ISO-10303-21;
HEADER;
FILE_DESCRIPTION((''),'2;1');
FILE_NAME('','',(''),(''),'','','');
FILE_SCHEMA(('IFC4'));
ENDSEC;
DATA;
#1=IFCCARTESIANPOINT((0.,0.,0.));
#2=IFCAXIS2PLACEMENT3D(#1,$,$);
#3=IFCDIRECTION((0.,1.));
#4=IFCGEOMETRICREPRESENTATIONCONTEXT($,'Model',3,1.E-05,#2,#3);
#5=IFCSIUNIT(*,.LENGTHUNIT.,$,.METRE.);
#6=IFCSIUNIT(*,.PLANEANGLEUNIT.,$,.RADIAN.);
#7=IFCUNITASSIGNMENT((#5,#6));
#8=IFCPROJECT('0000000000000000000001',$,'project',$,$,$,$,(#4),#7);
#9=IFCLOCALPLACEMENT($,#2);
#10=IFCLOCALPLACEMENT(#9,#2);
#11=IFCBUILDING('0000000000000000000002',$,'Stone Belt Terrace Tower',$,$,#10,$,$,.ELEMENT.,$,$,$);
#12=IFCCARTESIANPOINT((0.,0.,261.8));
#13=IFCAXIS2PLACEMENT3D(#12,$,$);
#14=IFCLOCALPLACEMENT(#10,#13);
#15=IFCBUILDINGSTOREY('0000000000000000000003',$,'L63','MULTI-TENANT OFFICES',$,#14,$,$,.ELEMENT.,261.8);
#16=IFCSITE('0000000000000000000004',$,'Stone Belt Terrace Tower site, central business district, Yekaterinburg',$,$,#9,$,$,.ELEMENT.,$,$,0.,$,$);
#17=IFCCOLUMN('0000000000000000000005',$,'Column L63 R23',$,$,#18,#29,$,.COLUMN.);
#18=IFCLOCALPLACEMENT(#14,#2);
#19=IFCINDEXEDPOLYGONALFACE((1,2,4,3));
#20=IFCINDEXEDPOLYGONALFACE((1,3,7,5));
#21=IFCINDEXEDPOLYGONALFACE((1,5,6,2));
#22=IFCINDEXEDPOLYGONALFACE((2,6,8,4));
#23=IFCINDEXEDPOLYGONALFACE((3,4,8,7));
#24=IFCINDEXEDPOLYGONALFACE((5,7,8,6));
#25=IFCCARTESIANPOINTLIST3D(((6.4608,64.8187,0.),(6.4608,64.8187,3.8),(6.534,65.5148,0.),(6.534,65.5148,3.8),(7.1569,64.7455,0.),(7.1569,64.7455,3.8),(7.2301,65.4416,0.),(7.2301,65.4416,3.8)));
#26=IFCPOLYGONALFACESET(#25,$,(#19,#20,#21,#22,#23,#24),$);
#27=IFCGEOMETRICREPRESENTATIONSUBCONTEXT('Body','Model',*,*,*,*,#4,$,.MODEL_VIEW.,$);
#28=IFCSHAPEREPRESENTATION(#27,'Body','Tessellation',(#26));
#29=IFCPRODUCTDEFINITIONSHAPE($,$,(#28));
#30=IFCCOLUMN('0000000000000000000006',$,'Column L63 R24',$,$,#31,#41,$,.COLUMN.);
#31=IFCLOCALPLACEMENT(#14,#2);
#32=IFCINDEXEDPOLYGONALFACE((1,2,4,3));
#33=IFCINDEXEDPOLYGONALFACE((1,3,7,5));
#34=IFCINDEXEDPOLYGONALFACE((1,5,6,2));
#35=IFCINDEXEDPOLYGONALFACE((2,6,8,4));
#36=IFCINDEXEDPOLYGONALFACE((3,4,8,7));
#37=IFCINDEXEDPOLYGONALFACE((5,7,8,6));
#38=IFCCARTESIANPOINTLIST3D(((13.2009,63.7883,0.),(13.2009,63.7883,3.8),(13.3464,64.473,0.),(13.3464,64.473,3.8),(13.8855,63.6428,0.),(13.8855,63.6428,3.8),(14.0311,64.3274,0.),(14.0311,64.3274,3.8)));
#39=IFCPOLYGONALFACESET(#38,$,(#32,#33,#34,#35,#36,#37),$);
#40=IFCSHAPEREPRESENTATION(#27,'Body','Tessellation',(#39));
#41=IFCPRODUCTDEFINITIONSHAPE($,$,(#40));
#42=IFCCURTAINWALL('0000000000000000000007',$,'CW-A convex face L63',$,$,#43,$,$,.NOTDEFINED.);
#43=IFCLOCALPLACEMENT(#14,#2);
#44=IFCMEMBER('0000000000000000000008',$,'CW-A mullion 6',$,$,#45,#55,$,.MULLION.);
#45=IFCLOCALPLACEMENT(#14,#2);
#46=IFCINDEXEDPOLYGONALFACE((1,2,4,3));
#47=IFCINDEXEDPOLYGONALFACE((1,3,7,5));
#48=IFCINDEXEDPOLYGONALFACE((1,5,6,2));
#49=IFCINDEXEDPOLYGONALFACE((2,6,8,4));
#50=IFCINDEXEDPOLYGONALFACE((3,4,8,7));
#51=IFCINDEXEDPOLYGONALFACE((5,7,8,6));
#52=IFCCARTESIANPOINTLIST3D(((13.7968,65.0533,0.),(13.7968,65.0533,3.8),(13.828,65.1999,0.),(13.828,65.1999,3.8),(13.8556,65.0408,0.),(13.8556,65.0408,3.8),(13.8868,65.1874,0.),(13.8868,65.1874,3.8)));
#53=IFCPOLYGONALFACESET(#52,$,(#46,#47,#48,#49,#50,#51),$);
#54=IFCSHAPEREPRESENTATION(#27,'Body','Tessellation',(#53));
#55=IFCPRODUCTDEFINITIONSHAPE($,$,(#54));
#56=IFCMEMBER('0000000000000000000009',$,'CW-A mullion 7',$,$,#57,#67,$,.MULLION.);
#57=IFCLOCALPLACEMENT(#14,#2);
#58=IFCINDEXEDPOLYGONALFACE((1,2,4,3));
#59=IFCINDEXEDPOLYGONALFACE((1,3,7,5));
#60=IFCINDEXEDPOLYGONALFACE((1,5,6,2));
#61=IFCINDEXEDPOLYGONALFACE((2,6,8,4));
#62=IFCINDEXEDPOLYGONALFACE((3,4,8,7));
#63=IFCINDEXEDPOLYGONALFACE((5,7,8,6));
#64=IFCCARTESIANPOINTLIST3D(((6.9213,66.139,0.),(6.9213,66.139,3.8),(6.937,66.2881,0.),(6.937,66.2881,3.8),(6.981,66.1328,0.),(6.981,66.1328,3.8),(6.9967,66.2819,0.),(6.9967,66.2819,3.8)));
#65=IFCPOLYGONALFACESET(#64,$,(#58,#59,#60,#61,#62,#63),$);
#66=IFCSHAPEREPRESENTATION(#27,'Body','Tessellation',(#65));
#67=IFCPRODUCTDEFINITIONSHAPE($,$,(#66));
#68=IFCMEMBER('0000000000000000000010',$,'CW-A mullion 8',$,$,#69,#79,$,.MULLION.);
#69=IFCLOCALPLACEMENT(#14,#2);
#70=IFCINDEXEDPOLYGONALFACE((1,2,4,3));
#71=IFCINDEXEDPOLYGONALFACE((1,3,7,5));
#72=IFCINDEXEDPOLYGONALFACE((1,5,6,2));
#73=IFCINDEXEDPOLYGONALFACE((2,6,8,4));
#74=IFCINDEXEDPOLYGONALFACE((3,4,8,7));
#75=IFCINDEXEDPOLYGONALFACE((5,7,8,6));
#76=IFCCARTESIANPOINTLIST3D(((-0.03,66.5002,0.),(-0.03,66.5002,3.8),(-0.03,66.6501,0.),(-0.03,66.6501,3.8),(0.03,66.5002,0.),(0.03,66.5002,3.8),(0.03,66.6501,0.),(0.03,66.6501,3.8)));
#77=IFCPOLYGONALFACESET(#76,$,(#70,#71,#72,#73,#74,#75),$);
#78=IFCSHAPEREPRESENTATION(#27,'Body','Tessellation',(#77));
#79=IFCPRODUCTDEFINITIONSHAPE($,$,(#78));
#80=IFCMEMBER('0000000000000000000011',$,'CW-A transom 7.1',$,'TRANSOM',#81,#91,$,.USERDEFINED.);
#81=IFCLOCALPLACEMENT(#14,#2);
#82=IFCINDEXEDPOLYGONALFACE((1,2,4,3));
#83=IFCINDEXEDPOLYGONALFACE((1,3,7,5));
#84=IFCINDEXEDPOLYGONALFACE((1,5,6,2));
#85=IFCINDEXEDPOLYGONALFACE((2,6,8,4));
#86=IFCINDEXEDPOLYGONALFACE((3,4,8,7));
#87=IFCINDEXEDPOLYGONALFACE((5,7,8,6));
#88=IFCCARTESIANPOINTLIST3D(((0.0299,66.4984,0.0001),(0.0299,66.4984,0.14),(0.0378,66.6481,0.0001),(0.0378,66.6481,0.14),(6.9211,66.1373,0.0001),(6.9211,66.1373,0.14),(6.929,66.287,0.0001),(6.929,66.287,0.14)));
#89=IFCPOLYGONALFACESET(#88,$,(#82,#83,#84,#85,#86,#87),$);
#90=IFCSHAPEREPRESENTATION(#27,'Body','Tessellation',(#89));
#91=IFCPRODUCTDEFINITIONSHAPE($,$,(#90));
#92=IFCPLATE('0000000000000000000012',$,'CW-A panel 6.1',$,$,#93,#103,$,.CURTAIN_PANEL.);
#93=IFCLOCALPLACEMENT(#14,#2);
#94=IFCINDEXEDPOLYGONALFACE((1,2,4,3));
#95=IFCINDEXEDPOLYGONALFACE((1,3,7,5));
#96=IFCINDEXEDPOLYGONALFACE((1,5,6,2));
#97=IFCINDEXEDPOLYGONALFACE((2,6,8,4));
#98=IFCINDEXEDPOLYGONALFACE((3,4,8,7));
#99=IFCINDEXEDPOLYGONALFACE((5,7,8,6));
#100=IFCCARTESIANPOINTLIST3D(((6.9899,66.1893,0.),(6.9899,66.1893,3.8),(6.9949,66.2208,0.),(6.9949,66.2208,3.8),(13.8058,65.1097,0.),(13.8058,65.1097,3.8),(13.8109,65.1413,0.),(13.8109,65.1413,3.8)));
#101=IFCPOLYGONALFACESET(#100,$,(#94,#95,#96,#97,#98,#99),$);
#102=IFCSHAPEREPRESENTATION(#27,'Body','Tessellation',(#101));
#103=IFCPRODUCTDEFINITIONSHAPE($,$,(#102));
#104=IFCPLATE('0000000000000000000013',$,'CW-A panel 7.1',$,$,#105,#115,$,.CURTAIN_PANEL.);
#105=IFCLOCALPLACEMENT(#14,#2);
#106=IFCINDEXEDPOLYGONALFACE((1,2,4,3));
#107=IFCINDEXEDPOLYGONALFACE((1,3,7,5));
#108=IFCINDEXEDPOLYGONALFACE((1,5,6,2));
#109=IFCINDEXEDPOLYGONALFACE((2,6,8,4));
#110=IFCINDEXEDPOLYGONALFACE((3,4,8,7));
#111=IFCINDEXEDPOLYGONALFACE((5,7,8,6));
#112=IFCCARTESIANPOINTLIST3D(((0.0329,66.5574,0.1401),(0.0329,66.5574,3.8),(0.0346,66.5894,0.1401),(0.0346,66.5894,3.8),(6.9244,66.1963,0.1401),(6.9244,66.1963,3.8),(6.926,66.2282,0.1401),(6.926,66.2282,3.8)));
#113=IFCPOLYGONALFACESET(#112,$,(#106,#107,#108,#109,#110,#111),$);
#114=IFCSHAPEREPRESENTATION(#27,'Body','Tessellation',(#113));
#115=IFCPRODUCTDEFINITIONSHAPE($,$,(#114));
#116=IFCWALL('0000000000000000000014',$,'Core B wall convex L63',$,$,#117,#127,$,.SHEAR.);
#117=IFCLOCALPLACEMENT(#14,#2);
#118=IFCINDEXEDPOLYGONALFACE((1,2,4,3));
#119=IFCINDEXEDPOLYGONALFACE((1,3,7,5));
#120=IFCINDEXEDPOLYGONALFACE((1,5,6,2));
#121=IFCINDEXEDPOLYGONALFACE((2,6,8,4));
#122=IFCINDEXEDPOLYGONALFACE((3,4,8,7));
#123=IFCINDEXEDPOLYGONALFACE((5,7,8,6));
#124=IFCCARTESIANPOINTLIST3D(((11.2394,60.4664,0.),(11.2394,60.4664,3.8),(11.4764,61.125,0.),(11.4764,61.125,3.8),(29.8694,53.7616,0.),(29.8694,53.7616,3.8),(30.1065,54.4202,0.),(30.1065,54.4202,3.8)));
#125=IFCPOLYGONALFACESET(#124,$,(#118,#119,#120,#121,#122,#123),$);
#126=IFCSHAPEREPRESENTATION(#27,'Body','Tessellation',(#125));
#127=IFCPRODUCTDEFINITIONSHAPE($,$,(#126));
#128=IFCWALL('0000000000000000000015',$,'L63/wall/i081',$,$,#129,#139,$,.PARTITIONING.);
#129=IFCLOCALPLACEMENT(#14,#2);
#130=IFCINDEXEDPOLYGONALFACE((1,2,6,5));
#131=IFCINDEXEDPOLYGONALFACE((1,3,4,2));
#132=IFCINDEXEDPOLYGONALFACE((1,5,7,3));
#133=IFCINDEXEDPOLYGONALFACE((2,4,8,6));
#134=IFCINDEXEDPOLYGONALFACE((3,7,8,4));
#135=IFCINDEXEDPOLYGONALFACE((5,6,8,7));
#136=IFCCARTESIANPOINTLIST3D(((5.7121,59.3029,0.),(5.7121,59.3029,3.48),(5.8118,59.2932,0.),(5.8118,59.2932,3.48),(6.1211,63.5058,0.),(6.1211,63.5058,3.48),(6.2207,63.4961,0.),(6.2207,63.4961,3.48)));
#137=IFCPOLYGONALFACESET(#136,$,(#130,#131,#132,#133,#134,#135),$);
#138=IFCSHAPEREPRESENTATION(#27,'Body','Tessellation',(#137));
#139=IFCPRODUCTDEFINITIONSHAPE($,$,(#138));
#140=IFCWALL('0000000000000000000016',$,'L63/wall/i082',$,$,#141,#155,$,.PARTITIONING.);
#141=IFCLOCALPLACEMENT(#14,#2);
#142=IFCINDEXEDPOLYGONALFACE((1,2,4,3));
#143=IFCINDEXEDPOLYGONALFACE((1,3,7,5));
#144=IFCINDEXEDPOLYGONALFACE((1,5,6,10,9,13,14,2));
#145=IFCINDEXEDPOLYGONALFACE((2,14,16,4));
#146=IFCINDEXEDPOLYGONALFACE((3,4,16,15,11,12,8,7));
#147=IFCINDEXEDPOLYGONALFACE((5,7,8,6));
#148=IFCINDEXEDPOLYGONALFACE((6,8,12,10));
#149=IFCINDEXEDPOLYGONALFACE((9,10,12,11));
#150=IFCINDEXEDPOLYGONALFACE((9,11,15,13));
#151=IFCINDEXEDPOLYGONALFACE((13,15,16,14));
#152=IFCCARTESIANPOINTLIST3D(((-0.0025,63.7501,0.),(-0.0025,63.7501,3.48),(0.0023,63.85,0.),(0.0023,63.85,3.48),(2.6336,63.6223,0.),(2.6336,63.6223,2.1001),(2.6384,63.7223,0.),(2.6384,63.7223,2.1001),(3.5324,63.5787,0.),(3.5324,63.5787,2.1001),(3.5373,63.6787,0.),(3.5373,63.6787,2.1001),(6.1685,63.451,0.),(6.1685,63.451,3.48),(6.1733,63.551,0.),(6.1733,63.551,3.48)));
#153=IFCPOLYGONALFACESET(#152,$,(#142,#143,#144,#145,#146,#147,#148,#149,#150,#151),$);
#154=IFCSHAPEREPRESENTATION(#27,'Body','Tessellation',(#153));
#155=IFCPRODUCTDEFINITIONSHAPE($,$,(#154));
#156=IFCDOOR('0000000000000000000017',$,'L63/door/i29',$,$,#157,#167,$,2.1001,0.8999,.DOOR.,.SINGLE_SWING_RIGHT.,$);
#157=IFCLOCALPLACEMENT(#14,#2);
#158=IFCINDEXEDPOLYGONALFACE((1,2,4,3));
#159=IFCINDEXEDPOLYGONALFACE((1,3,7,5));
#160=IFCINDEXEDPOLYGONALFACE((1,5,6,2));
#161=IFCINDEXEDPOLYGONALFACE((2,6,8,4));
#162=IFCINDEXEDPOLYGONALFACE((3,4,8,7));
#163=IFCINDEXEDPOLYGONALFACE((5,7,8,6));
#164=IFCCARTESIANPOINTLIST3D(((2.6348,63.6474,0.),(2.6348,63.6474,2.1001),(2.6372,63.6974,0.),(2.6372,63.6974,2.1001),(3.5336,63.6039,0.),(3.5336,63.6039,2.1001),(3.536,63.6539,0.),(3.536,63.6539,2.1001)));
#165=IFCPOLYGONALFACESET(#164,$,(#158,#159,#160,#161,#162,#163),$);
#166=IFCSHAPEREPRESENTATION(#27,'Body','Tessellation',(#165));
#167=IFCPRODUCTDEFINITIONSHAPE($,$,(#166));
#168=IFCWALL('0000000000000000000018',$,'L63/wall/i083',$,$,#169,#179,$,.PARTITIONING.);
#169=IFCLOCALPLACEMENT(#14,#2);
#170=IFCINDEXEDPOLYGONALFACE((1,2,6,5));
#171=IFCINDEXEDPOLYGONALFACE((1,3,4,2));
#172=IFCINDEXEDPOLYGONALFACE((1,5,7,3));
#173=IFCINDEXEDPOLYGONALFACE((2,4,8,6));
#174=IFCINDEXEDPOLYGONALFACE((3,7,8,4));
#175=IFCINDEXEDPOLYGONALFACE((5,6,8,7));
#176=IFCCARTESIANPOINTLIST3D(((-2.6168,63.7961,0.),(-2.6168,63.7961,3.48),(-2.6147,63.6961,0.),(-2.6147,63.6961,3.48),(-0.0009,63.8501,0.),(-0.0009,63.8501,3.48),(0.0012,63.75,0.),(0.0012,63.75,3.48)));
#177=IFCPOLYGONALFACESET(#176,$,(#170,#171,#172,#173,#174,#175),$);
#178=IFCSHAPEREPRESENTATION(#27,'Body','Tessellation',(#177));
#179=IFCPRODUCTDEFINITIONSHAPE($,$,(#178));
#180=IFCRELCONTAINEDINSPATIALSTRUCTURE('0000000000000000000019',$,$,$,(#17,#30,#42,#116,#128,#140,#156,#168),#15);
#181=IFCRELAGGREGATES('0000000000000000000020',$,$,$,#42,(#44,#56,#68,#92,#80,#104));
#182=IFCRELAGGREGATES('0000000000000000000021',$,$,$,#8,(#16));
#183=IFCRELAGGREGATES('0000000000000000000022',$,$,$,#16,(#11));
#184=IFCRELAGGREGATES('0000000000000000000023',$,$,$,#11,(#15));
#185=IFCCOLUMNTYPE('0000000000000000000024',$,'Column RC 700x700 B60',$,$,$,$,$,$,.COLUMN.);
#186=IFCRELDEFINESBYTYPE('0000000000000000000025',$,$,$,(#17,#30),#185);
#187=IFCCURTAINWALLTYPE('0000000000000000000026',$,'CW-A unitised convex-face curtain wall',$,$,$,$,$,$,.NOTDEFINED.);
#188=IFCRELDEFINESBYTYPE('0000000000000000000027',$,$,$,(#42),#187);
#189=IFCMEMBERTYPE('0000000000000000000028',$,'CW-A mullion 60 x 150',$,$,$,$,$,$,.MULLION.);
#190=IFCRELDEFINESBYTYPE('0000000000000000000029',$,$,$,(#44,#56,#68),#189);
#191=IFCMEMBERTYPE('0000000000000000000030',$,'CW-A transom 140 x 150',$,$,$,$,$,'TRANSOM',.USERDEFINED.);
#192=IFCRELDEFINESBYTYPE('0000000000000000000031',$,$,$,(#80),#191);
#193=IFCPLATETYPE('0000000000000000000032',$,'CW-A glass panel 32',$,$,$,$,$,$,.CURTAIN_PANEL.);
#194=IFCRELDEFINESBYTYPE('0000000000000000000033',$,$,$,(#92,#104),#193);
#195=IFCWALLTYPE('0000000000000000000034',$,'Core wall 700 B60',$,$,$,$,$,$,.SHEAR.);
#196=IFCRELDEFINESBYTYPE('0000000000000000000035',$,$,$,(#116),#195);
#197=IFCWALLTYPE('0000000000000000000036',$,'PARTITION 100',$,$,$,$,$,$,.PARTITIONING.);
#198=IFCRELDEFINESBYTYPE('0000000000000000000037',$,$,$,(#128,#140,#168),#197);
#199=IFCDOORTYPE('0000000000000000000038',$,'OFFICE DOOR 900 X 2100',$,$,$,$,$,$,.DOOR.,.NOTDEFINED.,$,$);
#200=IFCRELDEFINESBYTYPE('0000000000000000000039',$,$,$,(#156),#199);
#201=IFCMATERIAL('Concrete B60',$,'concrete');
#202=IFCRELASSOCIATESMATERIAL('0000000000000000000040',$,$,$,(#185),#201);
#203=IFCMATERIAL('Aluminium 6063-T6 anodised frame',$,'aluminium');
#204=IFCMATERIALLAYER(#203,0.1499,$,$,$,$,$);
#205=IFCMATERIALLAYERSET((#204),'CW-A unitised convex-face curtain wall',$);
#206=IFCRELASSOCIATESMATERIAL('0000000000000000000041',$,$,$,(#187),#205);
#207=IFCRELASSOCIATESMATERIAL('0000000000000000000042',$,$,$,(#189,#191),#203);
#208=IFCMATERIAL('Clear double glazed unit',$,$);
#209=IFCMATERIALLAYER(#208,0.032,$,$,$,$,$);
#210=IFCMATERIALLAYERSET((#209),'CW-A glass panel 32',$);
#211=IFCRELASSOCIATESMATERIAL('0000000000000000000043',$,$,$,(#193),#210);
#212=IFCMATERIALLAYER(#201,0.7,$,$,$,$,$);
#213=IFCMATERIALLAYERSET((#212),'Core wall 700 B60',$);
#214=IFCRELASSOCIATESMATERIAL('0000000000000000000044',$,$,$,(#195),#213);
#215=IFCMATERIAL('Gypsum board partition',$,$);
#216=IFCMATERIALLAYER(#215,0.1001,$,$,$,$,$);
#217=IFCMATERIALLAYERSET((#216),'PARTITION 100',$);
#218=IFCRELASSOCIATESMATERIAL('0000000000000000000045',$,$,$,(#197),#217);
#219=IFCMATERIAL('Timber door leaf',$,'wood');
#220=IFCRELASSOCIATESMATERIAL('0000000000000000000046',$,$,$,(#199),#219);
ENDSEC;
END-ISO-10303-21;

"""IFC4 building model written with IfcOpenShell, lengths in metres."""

from ifc_helpers import new_model, si_unit, direction, frame, frame_2d, origin, origin_2d, place, context, subcontext, project, spatial, rectangle, extrude, material, layer, layer_set, material_profile, profile_set, type_object, element, fill, aggregate, save


model = new_model("IFC4")

# Units and contexts
model_context = context("Model", 3, precision=1e-05, world=origin(), true_north=direction((0.0, 1.0)))
body_context = subcontext(model_context, "Body", "Model", "MODEL_VIEW")
ifc_project = project(units=[si_unit("LENGTHUNIT", "METRE"), si_unit("PLANEANGLEUNIT", "RADIAN")], contexts=[model_context])

# Site, building, storey
site_placement = place(None, origin())
site = spatial("IfcSite", under=ifc_project, at=site_placement, Name="Stone Belt Terrace Tower site, central business district, Yekaterinburg", CompositionType="ELEMENT", RefElevation=0.0)
building_placement = place(site_placement, origin())
building = spatial("IfcBuilding", under=site, at=building_placement, Name="Stone Belt Terrace Tower", CompositionType="ELEMENT")
storey_placement = place(building_placement, frame((0.0, 0.0, 261.8)))
storey = spatial("IfcBuildingStorey", under=building, at=storey_placement, Name="L63", Description="MULTI-TENANT OFFICES", CompositionType="ELEMENT", Elevation=261.8)

# Columns
ifc_material_1 = material(Name="Concrete B60", Category="concrete")
ifc_material_profile_1 = material_profile(ifc_material_1, rectangle(XDim=0.7, YDim=0.7, at=origin_2d()), Name="RC 700x700")
ifc_profile_set_1 = profile_set([ifc_material_profile_1], Name="Concrete B60")
column_type = type_object("IfcColumnType", Name="Column RC 700x700 B60", PredefinedType="COLUMN", material=ifc_profile_set_1)
for number, where, z_axis, x_axis, name in (
    (1, (6.8455, 65.1301, 0.0), (0.0, 0.0, 1.0), (0.994522, -0.104528, 0.0), "Column L63 R23"),
    (2, (13.616, 64.0579, 0.0), (0.0, 0.0, 1.0), (0.978148, -0.207912, 0.0), "Column L63 R24"),
):
    element("IfcColumn", number, at=place(storey_placement, frame(where, z_axis=z_axis, x_axis=x_axis)), inside=storey, type_object=column_type, Name=name, PredefinedType="COLUMN", context=body_context, shape_type="SweptSolid", body=[
        extrude(rectangle(XDim=0.7, YDim=0.7, at=origin_2d()), origin(), (0.0, 0.0, 1.0), 3.8),
    ])

# Curtain wall, members, plates
ifc_material_2 = material(Name="Aluminium 6063-T6 anodised frame", Category="aluminium")
ifc_layer_1 = layer(ifc_material_2, 0.1499)
ifc_layer_set_1 = layer_set([ifc_layer_1], Name="CW-A unitised convex-face curtain wall")
curtain_wall_type = type_object("IfcCurtainWallType", Name="CW-A unitised convex-face curtain wall", PredefinedType="NOTDEFINED", material=ifc_layer_set_1)
curtain_wall_placement = place(storey_placement, origin())
curtain_wall = element("IfcCurtainWall", 3, at=curtain_wall_placement, inside=storey, type_object=curtain_wall_type, Name="CW-A convex face L63", PredefinedType="NOTDEFINED")
ifc_material_profile_2 = material_profile(ifc_material_2, rectangle(XDim=0.1499, YDim=0.0601, at=origin_2d()), Name="Aluminium 6063-T6 60x150")
ifc_profile_set_2 = profile_set([ifc_material_profile_2], Name="Aluminium 6063-T6 anodised frame")
member_type_1 = type_object("IfcMemberType", Name="CW-A mullion 60 x 150", PredefinedType="MULLION", material=ifc_profile_set_2)
member_1_placement = place(storey_placement, frame((13.8418, 65.1204, 0.0), z_axis=(0.0, 0.0, 1.0), x_axis=(-0.207912, -0.978148, 0.0)))
member_1 = element("IfcMember", 4, at=member_1_placement, type_object=member_type_1, Name="CW-A mullion 6", PredefinedType="MULLION", context=body_context, shape_type="SweptSolid", body=[
    extrude(rectangle(XDim=0.1499, YDim=0.0601, at=origin_2d()), origin(), (0.0, 0.0, 1.0), 3.8),
])
member_2_placement = place(storey_placement, frame((6.959, 66.2104, 0.0), z_axis=(0.0, 0.0, 1.0), x_axis=(-0.104528, -0.994522, 0.0)))
member_2 = element("IfcMember", 5, at=member_2_placement, type_object=member_type_1, Name="CW-A mullion 7", PredefinedType="MULLION", context=body_context, shape_type="SweptSolid", body=[
    extrude(rectangle(XDim=0.1499, YDim=0.0601, at=origin_2d()), origin(), (0.0, 0.0, 1.0), 3.8),
])
member_3_placement = place(storey_placement, frame((0.0, 66.5752, 0.0), z_axis=(0.0, 0.0, 1.0), x_axis=(0.0, -1.0, 0.0)))
member_3 = element("IfcMember", 6, at=member_3_placement, type_object=member_type_1, Name="CW-A mullion 8", PredefinedType="MULLION", context=body_context, shape_type="SweptSolid", body=[
    extrude(rectangle(XDim=0.1499, YDim=0.0601, at=origin_2d()), origin(), (0.0, 0.0, 1.0), 3.8),
])
ifc_material_profile_3 = material_profile(ifc_material_2, rectangle(XDim=0.1499, YDim=0.1399, at=origin_2d()), Name="Aluminium 6063-T6 150x140")
ifc_profile_set_3 = profile_set([ifc_material_profile_3], Name="Aluminium 6063-T6 anodised frame")
member_type_2 = type_object("IfcMemberType", Name="CW-A transom 140 x 150", ElementType="TRANSOM", PredefinedType="USERDEFINED", material=ifc_profile_set_3)
member_4_placement = place(storey_placement, frame((6.925, 66.2122, 0.0701), z_axis=(-0.99863, 0.052327, 0.0), x_axis=(-0.052327, -0.99863, 0.0)))
member_4 = element("IfcMember", 7, at=member_4_placement, type_object=member_type_2, Name="CW-A transom 7.1", ObjectType="TRANSOM", PredefinedType="USERDEFINED", context=body_context, shape_type="SweptSolid", body=[
    extrude(rectangle(XDim=0.1499, YDim=0.1399, at=origin_2d()), origin(), (0.0, 0.0, 1.0), 6.9006),
])
ifc_material_3 = material(Name="Clear double glazed unit")
ifc_layer_2 = layer(ifc_material_3, 0.032)
ifc_layer_set_2 = layer_set([ifc_layer_2], Name="CW-A glass panel 32")
plate_type = type_object("IfcPlateType", Name="CW-A glass panel 32", PredefinedType="CURTAIN_PANEL", material=ifc_layer_set_2)
plate_1_placement = place(storey_placement, frame((10.4004, 65.6653, 0.0), z_axis=(0.0, 0.0, 1.0), x_axis=(-0.987688, 0.156434, 0.0)))
plate_1 = element("IfcPlate", 8, at=plate_1_placement, type_object=plate_type, Name="CW-A panel 6.1", PredefinedType="CURTAIN_PANEL", context=body_context, shape_type="SweptSolid", body=[
    extrude(rectangle(XDim=6.9009, YDim=0.032, at=origin_2d()), origin(), (0.0, 0.0, 1.0), 3.8),
])
plate_2_placement = place(storey_placement, frame((3.4795, 66.3928, 0.1401), z_axis=(0.0, 0.0, 1.0), x_axis=(-0.99863, 0.052336, 0.0)))
plate_2 = element("IfcPlate", 9, at=plate_2_placement, type_object=plate_type, Name="CW-A panel 7.1", PredefinedType="CURTAIN_PANEL", context=body_context, shape_type="SweptSolid", body=[
    extrude(rectangle(XDim=6.9009, YDim=0.032, at=origin_2d()), origin(), (0.0, 0.0, 1.0), 3.6599),
])
aggregate(curtain_wall, [member_1, member_2, member_3, plate_1, member_4, plate_2])

# Walls
ifc_layer_3 = layer(ifc_material_1, 0.7)
ifc_layer_set_3 = layer_set([ifc_layer_3], Name="Core wall 700 B60")
wall_type_1 = type_object("IfcWallType", Name="Core wall 700 B60", PredefinedType="SHEAR", material=ifc_layer_set_3)
wall_1_placement = place(storey_placement, frame((11.3579, 60.7957, 0.0), z_axis=(0.0, 0.0, 1.0), x_axis=(0.94092, -0.33863, 0.0)))
element("IfcWall", 10, at=wall_1_placement, inside=storey, type_object=wall_type_1, Name="Core B wall convex L63", PredefinedType="SHEAR", context=body_context, shape_type="SweptSolid", body=[
    extrude(rectangle(XDim=19.7998, YDim=0.7, at=frame_2d((9.8999, 0.0))), origin(), (0.0, 0.0, 1.0), 3.8),
])
ifc_material_4 = material(Name="Gypsum board partition")
ifc_layer_4 = layer(ifc_material_4, 0.1001)
ifc_layer_set_4 = layer_set([ifc_layer_4], Name="PARTITION 100")
wall_type_2 = type_object("IfcWallType", Name="PARTITION 100", PredefinedType="PARTITIONING", material=ifc_layer_set_4)
wall_2_placement = place(storey_placement, frame((5.762, 59.2981, 0.0), z_axis=(0.0, 0.0, 1.0), x_axis=(0.096842, 0.9953, 0.0)))
element("IfcWall", 11, at=wall_2_placement, inside=storey, type_object=wall_type_2, Name="L63/wall/i081", PredefinedType="PARTITIONING", context=body_context, shape_type="SweptSolid", body=[
    extrude(rectangle(XDim=4.2227, YDim=0.1001, at=frame_2d((2.1113, 0.0))), origin(), (0.0, 0.0, 1.0), 3.48),
])

# Wall, opening, door
wall_3_placement = place(storey_placement, frame((6.1709, 63.501, 0.0), z_axis=(0.0, 0.0, 1.0), x_axis=(-0.998828, 0.048408, 0.0)))
wall_3 = element("IfcWall", 12, at=wall_3_placement, inside=storey, type_object=wall_type_2, Name="L63/wall/i082", PredefinedType="PARTITIONING", context=body_context, shape_type="SweptSolid", body=[
    extrude(rectangle(XDim=6.1782, YDim=0.1001, at=frame_2d((3.0891, 0.0))), origin(), (0.0, 0.0, 1.0), 3.48),
])
opening_1_placement = place(wall_3_placement, frame((2.6392, 0.0, 0.0)))
opening_1 = element("IfcOpeningElement", 13, at=opening_1_placement, cuts=wall_3, PredefinedType="OPENING", context=body_context, shape_type="SweptSolid", body=[
    extrude(rectangle(XDim=0.8999, YDim=2.1001, at=frame_2d((0.45, 1.05))), frame((0.0, 0.0601, 0.0), z_axis=(0.0, -1.0, 0.0), x_axis=(1.0, 0.0, 0.0)), (0.0, 0.0, 1.0), 0.1201),
])
ifc_material_5 = material(Name="Timber door leaf", Category="wood")
door_type_1 = type_object("IfcDoorType", Name="OFFICE DOOR 900 X 2100", OperationType="NOTDEFINED", PredefinedType="DOOR", material=ifc_material_5)
door_1_placement = place(opening_1_placement, origin())
door_1 = element("IfcDoor", 14, at=door_1_placement, inside=storey, type_object=door_type_1, Name="L63/door/i29", OperationType="SINGLE_SWING_RIGHT", OverallHeight=2.1001, OverallWidth=0.8999, PredefinedType="DOOR", context=body_context, shape_type="SweptSolid", body=[
    extrude(rectangle(XDim=0.8999, YDim=2.1001, at=frame_2d((0.45, 1.05))), frame((0.0, 0.0249, 0.0), z_axis=(0.0, -1.0, 0.0), x_axis=(1.0, 0.0, 0.0)), (0.0, 0.0, 1.0), 0.05),
])
fill(opening_1, door_1)

# Wall
wall_4_placement = place(storey_placement, frame((0.0, 63.8, 0.0), z_axis=(0.0, 0.0, 1.0), x_axis=(-0.999787, -0.020621, 0.0)))
element("IfcWall", 15, at=wall_4_placement, inside=storey, type_object=wall_type_2, Name="L63/wall/i083", PredefinedType="PARTITIONING", context=body_context, shape_type="SweptSolid", body=[
    extrude(rectangle(XDim=2.6165, YDim=0.1001, at=frame_2d((1.3081, 0.0))), origin(), (0.0, 0.0, 1.0), 3.48),
])

save(model, "model.ifc")
